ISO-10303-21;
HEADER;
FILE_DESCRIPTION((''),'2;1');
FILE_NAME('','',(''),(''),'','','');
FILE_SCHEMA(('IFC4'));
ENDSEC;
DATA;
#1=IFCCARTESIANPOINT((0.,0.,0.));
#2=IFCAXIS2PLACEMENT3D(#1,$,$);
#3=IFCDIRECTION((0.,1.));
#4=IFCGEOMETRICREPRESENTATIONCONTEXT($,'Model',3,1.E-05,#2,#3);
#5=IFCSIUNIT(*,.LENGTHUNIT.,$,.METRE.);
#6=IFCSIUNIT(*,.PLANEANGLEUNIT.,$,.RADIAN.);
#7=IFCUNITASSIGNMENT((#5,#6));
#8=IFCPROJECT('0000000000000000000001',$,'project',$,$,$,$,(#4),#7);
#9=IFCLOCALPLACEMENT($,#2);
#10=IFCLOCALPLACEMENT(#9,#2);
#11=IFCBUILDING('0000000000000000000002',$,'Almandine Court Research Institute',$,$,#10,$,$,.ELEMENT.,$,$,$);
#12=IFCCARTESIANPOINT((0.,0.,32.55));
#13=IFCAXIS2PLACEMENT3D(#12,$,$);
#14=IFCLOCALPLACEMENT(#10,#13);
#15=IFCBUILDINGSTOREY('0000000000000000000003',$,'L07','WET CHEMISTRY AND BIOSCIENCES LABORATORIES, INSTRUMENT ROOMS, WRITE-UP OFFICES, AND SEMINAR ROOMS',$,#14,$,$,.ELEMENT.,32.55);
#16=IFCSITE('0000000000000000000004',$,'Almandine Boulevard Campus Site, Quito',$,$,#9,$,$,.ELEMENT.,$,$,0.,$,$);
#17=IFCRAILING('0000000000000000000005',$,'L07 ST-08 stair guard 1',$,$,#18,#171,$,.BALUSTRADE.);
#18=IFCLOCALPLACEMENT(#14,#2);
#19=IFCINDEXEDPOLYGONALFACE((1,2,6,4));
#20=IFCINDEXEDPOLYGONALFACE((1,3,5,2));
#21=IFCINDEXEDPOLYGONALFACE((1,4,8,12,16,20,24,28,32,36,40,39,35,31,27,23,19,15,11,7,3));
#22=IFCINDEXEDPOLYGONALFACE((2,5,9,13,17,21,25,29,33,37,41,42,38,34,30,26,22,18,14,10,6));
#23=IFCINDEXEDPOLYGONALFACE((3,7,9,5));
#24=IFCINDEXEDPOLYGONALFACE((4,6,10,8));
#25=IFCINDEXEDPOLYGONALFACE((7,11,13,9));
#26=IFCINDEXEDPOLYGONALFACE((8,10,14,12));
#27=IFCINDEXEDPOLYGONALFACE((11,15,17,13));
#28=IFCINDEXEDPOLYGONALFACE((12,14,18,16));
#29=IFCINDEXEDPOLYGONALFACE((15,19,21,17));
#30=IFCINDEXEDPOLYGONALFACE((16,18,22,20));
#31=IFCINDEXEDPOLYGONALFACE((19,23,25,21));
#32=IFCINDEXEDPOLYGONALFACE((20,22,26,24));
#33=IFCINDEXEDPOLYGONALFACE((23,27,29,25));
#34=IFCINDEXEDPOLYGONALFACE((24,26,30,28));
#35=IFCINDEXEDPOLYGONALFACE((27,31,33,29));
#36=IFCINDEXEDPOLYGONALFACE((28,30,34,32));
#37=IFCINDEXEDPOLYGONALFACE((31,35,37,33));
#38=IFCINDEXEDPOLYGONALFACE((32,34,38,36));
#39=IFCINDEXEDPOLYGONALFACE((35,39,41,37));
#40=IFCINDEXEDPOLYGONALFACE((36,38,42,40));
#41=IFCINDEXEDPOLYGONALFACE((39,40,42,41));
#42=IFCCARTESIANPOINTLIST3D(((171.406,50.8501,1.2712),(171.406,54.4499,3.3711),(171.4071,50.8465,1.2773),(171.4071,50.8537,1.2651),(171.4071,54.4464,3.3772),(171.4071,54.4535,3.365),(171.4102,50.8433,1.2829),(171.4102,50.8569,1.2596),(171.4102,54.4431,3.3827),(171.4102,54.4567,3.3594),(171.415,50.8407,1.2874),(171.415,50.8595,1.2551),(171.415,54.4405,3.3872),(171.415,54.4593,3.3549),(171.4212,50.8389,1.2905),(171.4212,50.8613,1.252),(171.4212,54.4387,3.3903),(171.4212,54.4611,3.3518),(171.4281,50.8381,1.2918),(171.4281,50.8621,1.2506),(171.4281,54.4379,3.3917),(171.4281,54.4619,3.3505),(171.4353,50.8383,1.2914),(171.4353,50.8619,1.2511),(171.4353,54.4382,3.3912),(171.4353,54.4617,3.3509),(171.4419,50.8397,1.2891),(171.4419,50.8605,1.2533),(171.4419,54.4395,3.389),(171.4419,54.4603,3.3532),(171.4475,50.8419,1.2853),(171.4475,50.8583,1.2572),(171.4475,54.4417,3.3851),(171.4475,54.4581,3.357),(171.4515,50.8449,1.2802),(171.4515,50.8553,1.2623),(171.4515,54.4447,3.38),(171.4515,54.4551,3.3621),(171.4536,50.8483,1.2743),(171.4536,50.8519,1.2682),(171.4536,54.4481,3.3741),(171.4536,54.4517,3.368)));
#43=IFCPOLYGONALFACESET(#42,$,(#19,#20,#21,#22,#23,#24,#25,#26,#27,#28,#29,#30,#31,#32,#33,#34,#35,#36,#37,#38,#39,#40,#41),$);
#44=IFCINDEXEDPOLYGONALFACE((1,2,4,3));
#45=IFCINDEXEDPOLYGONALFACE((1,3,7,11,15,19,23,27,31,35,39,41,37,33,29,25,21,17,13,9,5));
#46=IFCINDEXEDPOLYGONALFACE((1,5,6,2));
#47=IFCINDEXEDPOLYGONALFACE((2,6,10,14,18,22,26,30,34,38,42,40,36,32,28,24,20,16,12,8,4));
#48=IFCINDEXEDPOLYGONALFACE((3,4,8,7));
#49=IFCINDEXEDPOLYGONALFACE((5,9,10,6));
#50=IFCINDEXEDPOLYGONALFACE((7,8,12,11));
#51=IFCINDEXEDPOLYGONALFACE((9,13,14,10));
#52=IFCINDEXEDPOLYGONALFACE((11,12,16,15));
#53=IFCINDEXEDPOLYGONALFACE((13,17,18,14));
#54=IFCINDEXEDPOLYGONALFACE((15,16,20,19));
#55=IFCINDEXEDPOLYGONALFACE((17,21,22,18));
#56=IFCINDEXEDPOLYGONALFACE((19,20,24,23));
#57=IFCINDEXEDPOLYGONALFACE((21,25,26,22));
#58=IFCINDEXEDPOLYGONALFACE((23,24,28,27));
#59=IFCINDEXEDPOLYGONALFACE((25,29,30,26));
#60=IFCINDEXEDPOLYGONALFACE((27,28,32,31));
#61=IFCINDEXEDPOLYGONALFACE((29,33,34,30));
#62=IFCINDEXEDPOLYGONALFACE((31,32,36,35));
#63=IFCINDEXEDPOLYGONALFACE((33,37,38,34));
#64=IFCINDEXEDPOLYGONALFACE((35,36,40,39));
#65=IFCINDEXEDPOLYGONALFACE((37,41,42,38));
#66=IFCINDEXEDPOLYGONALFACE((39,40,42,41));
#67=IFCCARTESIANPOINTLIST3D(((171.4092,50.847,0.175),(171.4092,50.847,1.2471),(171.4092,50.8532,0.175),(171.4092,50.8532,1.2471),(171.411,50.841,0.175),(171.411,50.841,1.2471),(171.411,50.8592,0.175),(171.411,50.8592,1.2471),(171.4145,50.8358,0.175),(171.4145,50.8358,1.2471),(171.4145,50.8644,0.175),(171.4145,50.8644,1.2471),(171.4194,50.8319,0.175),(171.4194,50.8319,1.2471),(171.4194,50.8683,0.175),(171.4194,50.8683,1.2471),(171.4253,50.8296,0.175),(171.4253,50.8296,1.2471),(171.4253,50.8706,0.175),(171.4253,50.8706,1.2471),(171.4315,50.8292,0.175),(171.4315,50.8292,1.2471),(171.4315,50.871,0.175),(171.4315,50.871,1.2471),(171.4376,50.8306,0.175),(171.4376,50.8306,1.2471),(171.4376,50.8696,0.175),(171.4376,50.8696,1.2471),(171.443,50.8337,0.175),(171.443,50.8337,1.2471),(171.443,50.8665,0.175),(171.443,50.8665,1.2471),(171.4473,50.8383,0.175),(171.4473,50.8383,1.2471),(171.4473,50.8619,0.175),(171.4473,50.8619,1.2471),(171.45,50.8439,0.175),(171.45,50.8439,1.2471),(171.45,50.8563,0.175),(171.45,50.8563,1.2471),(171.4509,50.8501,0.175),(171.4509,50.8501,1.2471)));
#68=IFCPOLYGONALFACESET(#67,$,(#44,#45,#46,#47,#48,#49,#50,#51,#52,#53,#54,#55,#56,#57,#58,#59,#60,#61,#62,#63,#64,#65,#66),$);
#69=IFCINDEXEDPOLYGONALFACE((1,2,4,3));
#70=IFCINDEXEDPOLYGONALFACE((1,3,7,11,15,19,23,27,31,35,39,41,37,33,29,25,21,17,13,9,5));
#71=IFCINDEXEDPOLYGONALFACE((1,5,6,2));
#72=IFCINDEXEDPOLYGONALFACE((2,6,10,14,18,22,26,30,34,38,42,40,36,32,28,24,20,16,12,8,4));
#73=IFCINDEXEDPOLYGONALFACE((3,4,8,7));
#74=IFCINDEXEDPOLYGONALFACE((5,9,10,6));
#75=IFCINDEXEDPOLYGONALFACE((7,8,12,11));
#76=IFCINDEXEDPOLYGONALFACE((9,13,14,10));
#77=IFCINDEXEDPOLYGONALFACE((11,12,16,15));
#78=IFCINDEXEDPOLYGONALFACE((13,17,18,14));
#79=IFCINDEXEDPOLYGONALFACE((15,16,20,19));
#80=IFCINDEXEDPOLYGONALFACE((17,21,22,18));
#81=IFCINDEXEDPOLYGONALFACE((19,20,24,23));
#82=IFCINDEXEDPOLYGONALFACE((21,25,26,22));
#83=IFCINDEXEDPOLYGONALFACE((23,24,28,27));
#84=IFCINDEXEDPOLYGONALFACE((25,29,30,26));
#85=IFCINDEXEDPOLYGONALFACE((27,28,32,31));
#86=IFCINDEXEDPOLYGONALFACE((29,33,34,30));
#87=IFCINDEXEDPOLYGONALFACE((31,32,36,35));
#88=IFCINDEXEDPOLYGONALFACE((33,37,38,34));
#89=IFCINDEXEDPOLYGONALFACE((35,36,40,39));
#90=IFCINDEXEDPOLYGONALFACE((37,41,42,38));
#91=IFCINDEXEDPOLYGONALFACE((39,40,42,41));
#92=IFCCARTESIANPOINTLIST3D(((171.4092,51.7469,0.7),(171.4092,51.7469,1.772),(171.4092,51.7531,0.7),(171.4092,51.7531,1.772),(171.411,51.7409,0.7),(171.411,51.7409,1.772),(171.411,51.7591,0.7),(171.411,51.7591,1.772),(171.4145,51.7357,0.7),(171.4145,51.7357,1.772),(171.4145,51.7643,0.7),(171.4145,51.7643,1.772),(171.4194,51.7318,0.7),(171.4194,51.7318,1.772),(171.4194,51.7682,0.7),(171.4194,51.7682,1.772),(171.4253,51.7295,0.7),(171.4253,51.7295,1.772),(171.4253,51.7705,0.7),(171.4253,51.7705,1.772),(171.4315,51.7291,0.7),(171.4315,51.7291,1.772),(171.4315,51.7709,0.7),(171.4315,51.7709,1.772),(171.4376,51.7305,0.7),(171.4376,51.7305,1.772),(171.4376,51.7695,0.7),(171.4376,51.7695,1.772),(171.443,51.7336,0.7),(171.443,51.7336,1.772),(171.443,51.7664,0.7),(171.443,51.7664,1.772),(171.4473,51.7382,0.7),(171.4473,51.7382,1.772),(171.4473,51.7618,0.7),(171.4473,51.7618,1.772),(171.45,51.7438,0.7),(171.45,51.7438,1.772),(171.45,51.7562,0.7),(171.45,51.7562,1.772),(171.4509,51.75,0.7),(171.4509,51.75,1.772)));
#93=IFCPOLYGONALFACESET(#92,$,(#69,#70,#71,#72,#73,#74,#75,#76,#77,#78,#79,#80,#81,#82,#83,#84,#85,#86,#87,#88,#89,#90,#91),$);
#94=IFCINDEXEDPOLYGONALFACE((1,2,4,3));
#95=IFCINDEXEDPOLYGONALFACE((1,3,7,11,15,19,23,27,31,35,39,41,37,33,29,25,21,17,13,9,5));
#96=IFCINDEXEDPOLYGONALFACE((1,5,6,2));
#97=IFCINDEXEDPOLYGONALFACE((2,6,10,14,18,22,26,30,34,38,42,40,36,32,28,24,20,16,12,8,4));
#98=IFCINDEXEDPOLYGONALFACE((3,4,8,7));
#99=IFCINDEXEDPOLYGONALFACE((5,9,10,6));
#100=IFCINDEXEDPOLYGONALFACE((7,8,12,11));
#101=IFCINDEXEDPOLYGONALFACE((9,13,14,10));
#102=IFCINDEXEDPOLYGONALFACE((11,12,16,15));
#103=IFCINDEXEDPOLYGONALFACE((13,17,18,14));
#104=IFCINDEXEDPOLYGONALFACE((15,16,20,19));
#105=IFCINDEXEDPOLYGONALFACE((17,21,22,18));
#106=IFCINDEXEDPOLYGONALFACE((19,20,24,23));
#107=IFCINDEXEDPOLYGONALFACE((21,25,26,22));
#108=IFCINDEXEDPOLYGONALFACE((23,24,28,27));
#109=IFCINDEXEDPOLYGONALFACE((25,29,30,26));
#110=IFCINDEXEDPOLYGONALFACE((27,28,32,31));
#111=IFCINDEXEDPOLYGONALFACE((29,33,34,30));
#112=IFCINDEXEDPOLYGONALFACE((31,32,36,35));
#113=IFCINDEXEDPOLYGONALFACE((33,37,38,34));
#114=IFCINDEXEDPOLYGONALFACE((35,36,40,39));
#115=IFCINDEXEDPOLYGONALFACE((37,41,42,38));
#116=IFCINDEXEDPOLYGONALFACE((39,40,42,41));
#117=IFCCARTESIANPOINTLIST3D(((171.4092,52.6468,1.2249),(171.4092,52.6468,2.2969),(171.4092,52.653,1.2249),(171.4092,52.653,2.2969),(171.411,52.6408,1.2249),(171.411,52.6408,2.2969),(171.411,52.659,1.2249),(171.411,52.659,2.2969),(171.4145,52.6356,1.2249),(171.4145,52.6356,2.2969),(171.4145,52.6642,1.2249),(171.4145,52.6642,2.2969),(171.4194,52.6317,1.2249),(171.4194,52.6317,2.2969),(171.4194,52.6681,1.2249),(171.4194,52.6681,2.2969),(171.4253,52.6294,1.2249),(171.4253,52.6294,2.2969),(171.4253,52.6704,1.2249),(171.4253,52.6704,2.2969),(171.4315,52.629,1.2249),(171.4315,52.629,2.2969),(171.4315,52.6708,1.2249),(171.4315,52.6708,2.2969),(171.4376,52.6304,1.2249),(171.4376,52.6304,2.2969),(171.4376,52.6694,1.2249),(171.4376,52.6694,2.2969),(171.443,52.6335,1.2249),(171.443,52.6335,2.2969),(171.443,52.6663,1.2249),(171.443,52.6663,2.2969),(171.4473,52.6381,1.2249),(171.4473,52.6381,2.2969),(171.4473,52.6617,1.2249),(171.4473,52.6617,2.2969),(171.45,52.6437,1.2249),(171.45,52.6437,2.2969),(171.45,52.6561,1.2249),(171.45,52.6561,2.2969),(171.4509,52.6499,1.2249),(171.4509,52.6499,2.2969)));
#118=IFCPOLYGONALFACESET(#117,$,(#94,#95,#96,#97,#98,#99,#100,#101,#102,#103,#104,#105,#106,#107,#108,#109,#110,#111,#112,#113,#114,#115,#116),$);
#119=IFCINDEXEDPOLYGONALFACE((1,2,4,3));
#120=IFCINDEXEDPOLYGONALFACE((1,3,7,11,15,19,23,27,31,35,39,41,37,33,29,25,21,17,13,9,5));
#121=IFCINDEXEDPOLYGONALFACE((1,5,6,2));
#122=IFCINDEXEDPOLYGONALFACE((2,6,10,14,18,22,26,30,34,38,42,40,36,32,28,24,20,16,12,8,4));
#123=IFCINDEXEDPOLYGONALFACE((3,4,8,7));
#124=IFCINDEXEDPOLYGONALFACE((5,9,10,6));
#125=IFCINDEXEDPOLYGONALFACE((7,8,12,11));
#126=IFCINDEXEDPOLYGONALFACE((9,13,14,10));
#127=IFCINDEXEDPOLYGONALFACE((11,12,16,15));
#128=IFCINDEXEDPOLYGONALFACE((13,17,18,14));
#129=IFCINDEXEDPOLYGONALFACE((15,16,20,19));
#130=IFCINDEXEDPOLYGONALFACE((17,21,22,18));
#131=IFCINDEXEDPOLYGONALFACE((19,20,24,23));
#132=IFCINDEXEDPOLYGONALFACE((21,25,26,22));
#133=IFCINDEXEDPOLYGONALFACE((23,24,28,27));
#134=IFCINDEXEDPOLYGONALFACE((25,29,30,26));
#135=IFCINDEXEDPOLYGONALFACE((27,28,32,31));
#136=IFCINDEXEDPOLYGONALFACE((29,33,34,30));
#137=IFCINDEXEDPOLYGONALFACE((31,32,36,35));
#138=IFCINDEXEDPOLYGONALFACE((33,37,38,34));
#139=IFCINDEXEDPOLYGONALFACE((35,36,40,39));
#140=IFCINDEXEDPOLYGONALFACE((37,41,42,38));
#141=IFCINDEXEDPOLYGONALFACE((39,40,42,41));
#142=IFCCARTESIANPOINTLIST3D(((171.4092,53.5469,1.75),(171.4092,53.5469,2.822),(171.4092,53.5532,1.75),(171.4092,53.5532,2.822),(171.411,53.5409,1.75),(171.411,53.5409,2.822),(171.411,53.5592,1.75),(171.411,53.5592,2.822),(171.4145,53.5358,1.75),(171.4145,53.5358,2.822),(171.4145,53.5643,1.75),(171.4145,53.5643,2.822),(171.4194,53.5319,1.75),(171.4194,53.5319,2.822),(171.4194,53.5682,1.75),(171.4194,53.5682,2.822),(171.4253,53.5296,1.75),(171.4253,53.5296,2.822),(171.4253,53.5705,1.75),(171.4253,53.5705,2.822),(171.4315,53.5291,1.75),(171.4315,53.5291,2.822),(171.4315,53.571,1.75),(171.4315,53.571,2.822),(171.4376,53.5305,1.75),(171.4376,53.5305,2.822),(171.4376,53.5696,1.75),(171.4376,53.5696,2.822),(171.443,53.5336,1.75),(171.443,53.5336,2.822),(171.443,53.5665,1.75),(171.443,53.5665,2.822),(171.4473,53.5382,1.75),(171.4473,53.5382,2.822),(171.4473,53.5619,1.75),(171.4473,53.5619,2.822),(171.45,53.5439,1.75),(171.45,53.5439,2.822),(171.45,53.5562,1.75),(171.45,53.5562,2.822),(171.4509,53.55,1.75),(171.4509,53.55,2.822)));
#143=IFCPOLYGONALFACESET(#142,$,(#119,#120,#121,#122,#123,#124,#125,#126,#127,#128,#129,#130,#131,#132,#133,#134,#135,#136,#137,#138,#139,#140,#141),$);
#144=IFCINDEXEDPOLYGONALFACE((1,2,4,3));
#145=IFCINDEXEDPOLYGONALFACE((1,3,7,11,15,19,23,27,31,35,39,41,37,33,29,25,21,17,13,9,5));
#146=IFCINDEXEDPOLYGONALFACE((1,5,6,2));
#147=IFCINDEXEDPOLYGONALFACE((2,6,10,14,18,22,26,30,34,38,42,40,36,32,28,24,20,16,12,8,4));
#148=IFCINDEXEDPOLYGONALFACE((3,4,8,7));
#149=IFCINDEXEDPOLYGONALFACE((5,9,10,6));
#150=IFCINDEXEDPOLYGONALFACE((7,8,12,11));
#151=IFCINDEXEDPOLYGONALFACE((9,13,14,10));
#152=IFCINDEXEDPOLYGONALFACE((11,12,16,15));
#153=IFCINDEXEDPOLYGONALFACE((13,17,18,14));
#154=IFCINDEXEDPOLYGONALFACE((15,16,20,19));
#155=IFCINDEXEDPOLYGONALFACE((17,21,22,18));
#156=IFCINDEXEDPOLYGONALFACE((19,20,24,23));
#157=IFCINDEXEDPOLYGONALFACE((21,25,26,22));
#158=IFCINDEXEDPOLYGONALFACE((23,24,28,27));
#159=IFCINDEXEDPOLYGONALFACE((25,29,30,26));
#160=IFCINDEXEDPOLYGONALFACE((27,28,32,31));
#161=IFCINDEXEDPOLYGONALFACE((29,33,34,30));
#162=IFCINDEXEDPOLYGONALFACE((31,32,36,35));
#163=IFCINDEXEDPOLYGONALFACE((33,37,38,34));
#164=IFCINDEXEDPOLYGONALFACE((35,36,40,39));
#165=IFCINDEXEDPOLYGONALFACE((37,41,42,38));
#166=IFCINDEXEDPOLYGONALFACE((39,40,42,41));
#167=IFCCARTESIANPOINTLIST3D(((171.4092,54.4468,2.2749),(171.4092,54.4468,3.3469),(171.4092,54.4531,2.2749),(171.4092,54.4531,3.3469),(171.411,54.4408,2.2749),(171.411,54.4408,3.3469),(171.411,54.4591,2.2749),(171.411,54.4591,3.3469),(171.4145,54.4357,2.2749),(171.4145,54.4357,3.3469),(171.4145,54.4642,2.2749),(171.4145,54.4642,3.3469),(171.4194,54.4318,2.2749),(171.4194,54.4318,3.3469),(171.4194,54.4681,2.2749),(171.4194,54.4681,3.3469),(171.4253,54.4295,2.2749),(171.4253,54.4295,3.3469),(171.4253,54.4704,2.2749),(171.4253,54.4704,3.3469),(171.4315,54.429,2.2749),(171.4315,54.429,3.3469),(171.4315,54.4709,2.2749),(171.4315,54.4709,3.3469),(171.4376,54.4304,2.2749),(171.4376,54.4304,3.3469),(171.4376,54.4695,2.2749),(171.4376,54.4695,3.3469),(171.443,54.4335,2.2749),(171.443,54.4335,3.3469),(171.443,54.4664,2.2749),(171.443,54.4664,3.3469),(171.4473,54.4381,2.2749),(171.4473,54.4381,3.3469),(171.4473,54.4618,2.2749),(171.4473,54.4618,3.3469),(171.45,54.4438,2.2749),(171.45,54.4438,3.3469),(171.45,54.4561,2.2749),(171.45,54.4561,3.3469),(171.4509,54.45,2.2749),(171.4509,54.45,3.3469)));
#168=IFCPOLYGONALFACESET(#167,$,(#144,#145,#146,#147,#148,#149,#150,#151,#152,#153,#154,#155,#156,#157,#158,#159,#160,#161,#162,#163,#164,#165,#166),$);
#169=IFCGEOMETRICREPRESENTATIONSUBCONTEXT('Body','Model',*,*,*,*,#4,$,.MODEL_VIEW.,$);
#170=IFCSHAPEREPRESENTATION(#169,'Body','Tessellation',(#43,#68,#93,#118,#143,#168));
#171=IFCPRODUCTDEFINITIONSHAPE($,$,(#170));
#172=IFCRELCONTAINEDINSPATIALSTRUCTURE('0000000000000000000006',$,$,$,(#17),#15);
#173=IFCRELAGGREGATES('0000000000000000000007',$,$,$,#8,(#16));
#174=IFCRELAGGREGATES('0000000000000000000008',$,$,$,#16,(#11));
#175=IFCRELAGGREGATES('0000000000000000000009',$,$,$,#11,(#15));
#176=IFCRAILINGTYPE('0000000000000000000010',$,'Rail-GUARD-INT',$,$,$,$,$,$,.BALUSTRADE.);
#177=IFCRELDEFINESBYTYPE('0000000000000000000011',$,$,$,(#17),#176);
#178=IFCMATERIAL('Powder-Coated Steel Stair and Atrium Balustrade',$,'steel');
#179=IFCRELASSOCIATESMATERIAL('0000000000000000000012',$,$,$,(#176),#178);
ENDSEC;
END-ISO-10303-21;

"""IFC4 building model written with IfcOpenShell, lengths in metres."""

from ifc_helpers import new_model, si_unit, direction, frame, origin, origin_2d, place, context, subcontext, project, spatial, circle, extrude, material, type_object, element, save


model = new_model("IFC4")

# Units and contexts
model_context = context("Model", 3, precision=1e-05, world=origin(), true_north=direction((0.0, 1.0)))
body_context = subcontext(model_context, "Body", "Model", "MODEL_VIEW")
ifc_project = project(units=[si_unit("LENGTHUNIT", "METRE"), si_unit("PLANEANGLEUNIT", "RADIAN")], contexts=[model_context])

# Site, building, storey
site_placement = place(None, origin())
site = spatial("IfcSite", under=ifc_project, at=site_placement, Name="Almandine Boulevard Campus Site, Quito", CompositionType="ELEMENT", RefElevation=0.0)
building_placement = place(site_placement, origin())
building = spatial("IfcBuilding", under=site, at=building_placement, Name="Almandine Court Research Institute", CompositionType="ELEMENT")
storey_placement = place(building_placement, frame((0.0, 0.0, 32.55)))
storey = spatial("IfcBuildingStorey", under=building, at=storey_placement, Name="L07", Description="WET CHEMISTRY AND BIOSCIENCES LABORATORIES, INSTRUMENT ROOMS, WRITE-UP OFFICES, AND SEMINAR ROOMS", CompositionType="ELEMENT", Elevation=32.55)

# Railing
ifc_material_1 = material(Name="Powder-Coated Steel Stair and Atrium Balustrade", Category="steel")
railing_type_1 = type_object("IfcRailingType", Name="Rail-GUARD-INT", PredefinedType="BALUSTRADE", material=ifc_material_1)
railing_1_placement = place(storey_placement, frame((171.4299, 50.8501, 0.175)))
element("IfcRailing", 1, at=railing_1_placement, inside=storey, type_object=railing_type_1, Name="L07 ST-08 stair guard 1", PredefinedType="BALUSTRADE", context=body_context, shape_type="SweptSolid", body=[
    extrude(circle(Radius=0.0239, at=origin_2d()), frame((0.0, 0.0, 1.0962), z_axis=(0.0, 0.863785, 0.50386), x_axis=(-1.0, 0.0, 0.0)), (0.0, 0.0, 1.0), 4.1675),
    extrude(circle(Radius=0.021, at=origin_2d()), origin(), (0.0, 0.0, 1.0), 1.072),
    extrude(circle(Radius=0.021, at=origin_2d()), frame((0.0, 0.8999, 0.5249)), (0.0, 0.0, 1.0), 1.072),
    extrude(circle(Radius=0.021, at=origin_2d()), frame((0.0, 1.7998, 1.0498)), (0.0, 0.0, 1.0), 1.072),
    extrude(circle(Radius=0.021, at=origin_2d()), frame((0.0, 2.7, 1.575)), (0.0, 0.0, 1.0), 1.072),
    extrude(circle(Radius=0.021, at=origin_2d()), frame((0.0, 3.5999, 2.0999)), (0.0, 0.0, 1.0), 1.072),
])

save(model, "model.ifc")
